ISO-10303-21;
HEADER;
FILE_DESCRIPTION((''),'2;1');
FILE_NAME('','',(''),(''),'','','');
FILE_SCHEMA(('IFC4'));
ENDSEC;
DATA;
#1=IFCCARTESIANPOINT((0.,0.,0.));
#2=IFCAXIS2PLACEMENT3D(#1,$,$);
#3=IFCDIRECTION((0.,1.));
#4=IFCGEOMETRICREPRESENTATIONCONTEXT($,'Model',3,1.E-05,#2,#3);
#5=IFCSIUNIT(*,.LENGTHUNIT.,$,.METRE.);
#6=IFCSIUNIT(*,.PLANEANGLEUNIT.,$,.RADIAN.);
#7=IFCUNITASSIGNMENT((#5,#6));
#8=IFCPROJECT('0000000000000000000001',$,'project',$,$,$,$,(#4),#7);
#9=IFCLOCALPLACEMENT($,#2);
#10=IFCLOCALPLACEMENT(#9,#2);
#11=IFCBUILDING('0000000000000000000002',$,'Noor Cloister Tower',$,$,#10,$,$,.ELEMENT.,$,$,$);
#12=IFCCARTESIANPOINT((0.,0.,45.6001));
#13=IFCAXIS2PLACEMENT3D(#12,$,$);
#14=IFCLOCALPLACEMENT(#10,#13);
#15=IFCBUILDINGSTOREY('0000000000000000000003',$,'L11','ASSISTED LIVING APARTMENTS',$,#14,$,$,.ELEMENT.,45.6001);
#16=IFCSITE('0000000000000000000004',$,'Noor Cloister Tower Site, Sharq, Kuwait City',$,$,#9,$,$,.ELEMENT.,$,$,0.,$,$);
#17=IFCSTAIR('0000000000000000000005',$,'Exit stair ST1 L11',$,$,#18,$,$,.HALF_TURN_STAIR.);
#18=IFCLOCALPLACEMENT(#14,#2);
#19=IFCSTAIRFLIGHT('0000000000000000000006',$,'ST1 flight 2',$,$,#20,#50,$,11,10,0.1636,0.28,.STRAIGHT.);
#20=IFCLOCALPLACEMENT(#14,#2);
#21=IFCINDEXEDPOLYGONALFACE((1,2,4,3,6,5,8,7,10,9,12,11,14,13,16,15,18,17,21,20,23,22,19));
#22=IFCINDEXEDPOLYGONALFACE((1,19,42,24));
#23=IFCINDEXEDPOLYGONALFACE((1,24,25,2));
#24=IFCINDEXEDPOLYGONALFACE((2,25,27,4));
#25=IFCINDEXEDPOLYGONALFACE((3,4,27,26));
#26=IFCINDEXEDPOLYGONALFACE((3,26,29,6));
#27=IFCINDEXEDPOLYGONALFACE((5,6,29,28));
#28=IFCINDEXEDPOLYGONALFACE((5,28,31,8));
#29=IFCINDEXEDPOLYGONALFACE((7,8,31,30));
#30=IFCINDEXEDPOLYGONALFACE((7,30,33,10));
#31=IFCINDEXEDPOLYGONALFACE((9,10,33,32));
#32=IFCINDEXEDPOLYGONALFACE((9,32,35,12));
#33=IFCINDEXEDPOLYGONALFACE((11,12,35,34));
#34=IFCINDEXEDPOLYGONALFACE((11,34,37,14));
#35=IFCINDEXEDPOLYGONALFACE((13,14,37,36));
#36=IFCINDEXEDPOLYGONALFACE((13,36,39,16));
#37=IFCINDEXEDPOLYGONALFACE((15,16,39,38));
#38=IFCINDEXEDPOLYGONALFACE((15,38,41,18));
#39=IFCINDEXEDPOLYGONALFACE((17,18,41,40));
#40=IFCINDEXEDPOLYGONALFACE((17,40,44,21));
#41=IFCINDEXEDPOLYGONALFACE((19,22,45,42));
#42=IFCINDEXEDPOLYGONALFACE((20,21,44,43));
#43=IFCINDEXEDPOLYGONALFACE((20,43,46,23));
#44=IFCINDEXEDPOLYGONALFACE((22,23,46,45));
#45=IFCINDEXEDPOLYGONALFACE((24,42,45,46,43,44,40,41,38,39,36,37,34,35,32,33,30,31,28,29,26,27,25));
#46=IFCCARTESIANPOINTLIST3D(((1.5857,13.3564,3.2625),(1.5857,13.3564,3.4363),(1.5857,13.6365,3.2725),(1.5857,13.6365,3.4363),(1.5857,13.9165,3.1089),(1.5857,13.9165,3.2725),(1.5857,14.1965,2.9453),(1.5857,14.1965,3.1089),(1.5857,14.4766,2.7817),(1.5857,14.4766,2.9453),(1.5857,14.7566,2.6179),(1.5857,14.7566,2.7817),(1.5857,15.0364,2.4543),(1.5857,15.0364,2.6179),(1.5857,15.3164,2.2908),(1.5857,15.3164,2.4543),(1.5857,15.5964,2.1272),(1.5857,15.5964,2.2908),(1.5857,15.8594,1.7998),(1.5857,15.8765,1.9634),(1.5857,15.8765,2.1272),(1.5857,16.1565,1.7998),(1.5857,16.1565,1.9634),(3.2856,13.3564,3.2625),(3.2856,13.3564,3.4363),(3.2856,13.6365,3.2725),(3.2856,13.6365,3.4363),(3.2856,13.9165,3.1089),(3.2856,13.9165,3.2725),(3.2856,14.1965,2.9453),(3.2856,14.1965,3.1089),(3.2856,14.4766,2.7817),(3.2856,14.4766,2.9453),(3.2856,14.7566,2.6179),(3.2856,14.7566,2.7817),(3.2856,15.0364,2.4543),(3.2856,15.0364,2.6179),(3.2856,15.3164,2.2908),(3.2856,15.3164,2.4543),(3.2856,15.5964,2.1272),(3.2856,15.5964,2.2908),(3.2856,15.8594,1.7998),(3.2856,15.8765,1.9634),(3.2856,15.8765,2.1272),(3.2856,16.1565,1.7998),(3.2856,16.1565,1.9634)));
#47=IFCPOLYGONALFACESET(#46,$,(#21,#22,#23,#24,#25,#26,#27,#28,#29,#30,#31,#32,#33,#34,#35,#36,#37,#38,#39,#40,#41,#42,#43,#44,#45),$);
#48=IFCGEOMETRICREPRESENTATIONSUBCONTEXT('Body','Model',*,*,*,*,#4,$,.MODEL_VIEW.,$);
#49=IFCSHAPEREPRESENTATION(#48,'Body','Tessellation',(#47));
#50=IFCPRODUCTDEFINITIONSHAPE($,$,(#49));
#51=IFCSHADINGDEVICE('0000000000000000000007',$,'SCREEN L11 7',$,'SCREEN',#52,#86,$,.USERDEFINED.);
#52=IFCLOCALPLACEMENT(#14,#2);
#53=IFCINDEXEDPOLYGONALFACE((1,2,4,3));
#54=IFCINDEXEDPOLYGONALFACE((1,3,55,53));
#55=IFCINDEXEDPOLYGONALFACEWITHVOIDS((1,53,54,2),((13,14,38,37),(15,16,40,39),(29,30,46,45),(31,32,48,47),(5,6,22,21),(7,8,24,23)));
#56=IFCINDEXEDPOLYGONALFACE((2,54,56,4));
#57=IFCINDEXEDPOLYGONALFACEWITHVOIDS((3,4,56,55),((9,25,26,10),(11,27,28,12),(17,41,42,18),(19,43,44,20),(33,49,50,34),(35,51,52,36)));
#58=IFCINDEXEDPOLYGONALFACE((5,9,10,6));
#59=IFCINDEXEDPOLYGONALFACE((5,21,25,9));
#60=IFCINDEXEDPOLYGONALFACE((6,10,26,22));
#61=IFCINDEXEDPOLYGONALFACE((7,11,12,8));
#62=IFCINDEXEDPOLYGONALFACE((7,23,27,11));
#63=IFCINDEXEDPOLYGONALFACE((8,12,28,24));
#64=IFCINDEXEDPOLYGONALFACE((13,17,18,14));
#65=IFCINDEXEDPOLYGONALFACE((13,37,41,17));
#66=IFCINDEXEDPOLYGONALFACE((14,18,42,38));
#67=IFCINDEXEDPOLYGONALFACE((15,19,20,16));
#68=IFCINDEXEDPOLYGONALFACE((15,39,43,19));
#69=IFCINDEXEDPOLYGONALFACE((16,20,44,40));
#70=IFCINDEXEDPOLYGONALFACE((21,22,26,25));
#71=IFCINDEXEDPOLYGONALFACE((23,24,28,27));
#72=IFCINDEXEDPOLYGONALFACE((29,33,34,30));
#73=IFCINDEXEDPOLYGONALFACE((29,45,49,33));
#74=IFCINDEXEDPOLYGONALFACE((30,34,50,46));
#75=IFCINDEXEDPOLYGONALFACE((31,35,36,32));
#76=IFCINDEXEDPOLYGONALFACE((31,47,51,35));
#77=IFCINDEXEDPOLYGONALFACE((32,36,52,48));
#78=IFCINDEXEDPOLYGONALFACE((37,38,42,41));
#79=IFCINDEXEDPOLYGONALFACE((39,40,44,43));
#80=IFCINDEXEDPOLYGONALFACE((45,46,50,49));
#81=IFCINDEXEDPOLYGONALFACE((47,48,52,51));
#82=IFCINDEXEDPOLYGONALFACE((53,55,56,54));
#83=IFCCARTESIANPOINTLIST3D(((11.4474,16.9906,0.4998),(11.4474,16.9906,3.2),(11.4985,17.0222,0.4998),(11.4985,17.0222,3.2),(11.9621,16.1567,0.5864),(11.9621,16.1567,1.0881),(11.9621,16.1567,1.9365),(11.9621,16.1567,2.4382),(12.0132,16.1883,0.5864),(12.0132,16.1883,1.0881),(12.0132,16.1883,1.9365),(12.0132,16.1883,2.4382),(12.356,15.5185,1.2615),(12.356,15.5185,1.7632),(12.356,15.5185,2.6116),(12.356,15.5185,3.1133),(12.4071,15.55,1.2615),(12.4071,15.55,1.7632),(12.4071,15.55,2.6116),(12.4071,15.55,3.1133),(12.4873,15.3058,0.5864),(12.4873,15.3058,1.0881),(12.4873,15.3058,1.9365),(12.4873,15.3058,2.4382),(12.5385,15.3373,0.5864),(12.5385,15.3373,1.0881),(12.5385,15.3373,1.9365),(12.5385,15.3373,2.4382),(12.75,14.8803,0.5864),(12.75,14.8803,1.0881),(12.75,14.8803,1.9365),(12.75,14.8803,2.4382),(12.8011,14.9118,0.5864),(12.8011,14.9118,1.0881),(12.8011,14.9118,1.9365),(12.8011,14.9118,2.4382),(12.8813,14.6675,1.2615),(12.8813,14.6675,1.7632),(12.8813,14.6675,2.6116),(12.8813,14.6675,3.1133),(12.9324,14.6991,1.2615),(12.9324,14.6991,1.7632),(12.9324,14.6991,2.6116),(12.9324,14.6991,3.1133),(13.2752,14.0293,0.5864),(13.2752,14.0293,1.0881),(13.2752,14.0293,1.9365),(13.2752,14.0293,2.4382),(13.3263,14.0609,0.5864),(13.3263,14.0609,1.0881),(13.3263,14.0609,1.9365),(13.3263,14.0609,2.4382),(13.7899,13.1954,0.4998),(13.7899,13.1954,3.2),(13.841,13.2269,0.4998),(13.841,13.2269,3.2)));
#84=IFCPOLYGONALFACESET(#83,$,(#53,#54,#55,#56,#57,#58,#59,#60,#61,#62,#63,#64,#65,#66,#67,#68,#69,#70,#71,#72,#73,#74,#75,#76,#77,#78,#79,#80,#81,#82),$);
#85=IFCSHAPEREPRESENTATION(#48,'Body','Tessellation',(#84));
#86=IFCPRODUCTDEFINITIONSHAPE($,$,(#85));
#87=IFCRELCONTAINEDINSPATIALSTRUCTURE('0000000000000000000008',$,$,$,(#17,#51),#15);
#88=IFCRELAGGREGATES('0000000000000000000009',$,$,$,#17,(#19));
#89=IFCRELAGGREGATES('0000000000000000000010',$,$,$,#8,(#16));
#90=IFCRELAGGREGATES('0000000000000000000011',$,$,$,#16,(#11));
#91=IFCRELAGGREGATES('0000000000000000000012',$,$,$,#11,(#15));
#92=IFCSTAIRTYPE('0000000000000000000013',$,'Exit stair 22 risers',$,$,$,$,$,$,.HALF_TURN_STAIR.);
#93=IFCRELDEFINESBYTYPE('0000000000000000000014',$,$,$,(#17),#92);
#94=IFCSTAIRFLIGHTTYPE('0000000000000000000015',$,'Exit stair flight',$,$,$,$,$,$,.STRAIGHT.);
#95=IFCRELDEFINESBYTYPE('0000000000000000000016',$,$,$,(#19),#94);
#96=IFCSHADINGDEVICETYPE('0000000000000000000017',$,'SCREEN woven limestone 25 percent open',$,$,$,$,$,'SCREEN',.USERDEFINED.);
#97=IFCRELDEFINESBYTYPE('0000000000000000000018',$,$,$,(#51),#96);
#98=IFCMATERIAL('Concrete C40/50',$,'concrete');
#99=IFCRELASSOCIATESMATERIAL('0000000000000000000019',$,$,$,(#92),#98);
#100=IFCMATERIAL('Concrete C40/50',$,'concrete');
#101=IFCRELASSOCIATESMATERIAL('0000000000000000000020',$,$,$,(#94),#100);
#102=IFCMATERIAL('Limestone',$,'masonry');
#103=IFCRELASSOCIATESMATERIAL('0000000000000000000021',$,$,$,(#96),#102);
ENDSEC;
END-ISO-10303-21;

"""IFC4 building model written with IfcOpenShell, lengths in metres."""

from ifc_helpers import new_model, si_unit, direction, frame, origin, place, context, subcontext, project, spatial, polyline, outline, extrude, material, material_profile, profile_set, type_object, element, aggregate, save


model = new_model("IFC4")

# Units and contexts
model_context = context("Model", 3, precision=1e-05, world=origin(), true_north=direction((0.0, 1.0)))
body_context = subcontext(model_context, "Body", "Model", "MODEL_VIEW")
ifc_project = project(units=[si_unit("LENGTHUNIT", "METRE"), si_unit("PLANEANGLEUNIT", "RADIAN")], contexts=[model_context])

# Site, building, storey
site_placement = place(None, origin())
site = spatial("IfcSite", under=ifc_project, at=site_placement, Name="Noor Cloister Tower Site, Sharq, Kuwait City", CompositionType="ELEMENT", RefElevation=0.0)
building_placement = place(site_placement, origin())
building = spatial("IfcBuilding", under=site, at=building_placement, Name="Noor Cloister Tower", CompositionType="ELEMENT")
storey_placement = place(building_placement, frame((0.0, 0.0, 45.6001)))
storey = spatial("IfcBuildingStorey", under=building, at=storey_placement, Name="L11", Description="ASSISTED LIVING APARTMENTS", CompositionType="ELEMENT", Elevation=45.6001)

# Stair, stair flight
ifc_material_1 = material(Name="Concrete C40/50", Category="concrete")
stair_type = type_object("IfcStairType", Name="Exit stair 22 risers", PredefinedType="HALF_TURN_STAIR", material=ifc_material_1)
stair_placement = place(storey_placement, origin())
stair = element("IfcStair", 1, at=stair_placement, inside=storey, type_object=stair_type, Name="Exit stair ST1 L11", PredefinedType="HALF_TURN_STAIR")
ifc_material_2 = material(Name="Concrete C40/50", Category="concrete")
stair_flight_type = type_object("IfcStairFlightType", Name="Exit stair flight", PredefinedType="STRAIGHT", material=ifc_material_2)
stair_flight_1_placement = place(storey_placement, frame((2.4355, 16.1565, 1.7998), z_axis=(0.0, 0.0, 1.0), x_axis=(0.0, -1.0, 0.0)))
stair_flight_1 = element("IfcStairFlight", 2, at=stair_flight_1_placement, type_object=stair_flight_type, Name="ST1 flight 2", NumberOfRisers=11, NumberOfTreads=10, PredefinedType="STRAIGHT", RiserHeight=0.1636, TreadLength=0.28, context=body_context, shape_type="SweptSolid", body=[
    extrude(outline(polyline([(0.0, 0.0), (0.0, 0.1636), (0.28, 0.1636), (0.28, 0.3274), (0.5601, 0.3274), (0.5601, 0.491), (0.8401, 0.491), (0.8401, 0.6545), (1.1201, 0.6545), (1.1201, 0.8181), (1.3999, 0.8181), (1.3999, 0.9819), (1.6799, 0.9819), (1.6799, 1.1455), (1.96, 1.1455), (1.96, 1.3091), (2.24, 1.3091), (2.24, 1.4727), (2.52, 1.4727), (2.52, 1.6365), (2.8, 1.6365), (2.8, 1.8), (2.8, 1.4626), (0.2971, 0.0), (0.0, 0.0)])), frame((0.0, 0.8501, 0.0), z_axis=(0.0, -1.0, 0.0), x_axis=(1.0, 0.0, 0.0)), (0.0, 0.0, 1.0), 1.7),
])
aggregate(stair, [stair_flight_1])

# Shading device
ifc_material_3 = material(Name="Limestone", Category="masonry")
ifc_material_profile_1 = material_profile(ifc_material_3, outline(polyline([(-2.23, -1.3501), (2.23, -1.3501), (2.23, 1.3501), (-2.23, 1.3501), (-2.23, -1.3501)]), holes=[polyline([(-1.25, -1.2634), (-0.25, -1.2634), (-0.25, -0.7617), (-1.25, -0.7617), (-1.25, -1.2634)]), polyline([(0.25, -1.2634), (1.25, -1.2634), (1.25, -0.7617), (0.25, -0.7617), (0.25, -1.2634)]), polyline([(-0.5, -0.5884), (0.5, -0.5884), (0.5, -0.0867), (-0.5, -0.0867), (-0.5, -0.5884)]), polyline([(-1.25, 0.0867), (-0.25, 0.0867), (-0.25, 0.5884), (-1.25, 0.5884), (-1.25, 0.0867)]), polyline([(0.25, 0.0867), (1.25, 0.0867), (1.25, 0.5884), (0.25, 0.5884), (0.25, 0.0867)]), polyline([(-0.5, 0.7617), (0.5, 0.7617), (0.5, 1.2634), (-0.5, 1.2634), (-0.5, 0.7617)])]), Name="Woven screen 25 percent open")
ifc_profile_set_1 = profile_set([ifc_material_profile_1], Name="Limestone")
shading_device_type = type_object("IfcShadingDeviceType", Name="SCREEN woven limestone 25 percent open", ElementType="SCREEN", PredefinedType="USERDEFINED", material=ifc_profile_set_1)
shading_device_placement = place(storey_placement, frame((12.6187, 15.093, 1.8499), z_axis=(0.850959, 0.525233, 0.0), x_axis=(-0.525233, 0.850959, 0.0)))
element("IfcShadingDevice", 3, at=shading_device_placement, inside=storey, type_object=shading_device_type, Name="SCREEN L11 7", ObjectType="SCREEN", PredefinedType="USERDEFINED", context=body_context, shape_type="SweptSolid", body=[
    extrude(outline(polyline([(-2.23, -1.3501), (2.23, -1.3501), (2.23, 1.3501), (-2.23, 1.3501), (-2.23, -1.3501)]), holes=[polyline([(-1.25, -1.2634), (-0.25, -1.2634), (-0.25, -0.7617), (-1.25, -0.7617), (-1.25, -1.2634)]), polyline([(0.25, -1.2634), (1.25, -1.2634), (1.25, -0.7617), (0.25, -0.7617), (0.25, -1.2634)]), polyline([(-0.5, -0.5884), (0.5, -0.5884), (0.5, -0.0867), (-0.5, -0.0867), (-0.5, -0.5884)]), polyline([(-1.25, 0.0867), (-0.25, 0.0867), (-0.25, 0.5884), (-1.25, 0.5884), (-1.25, 0.0867)]), polyline([(0.25, 0.0867), (1.25, 0.0867), (1.25, 0.5884), (0.25, 0.5884), (0.25, 0.0867)]), polyline([(-0.5, 0.7617), (0.5, 0.7617), (0.5, 1.2634), (-0.5, 1.2634), (-0.5, 0.7617)])]), origin(), (0.0, 0.0, 1.0), 0.0601),
])

save(model, "model.ifc")
